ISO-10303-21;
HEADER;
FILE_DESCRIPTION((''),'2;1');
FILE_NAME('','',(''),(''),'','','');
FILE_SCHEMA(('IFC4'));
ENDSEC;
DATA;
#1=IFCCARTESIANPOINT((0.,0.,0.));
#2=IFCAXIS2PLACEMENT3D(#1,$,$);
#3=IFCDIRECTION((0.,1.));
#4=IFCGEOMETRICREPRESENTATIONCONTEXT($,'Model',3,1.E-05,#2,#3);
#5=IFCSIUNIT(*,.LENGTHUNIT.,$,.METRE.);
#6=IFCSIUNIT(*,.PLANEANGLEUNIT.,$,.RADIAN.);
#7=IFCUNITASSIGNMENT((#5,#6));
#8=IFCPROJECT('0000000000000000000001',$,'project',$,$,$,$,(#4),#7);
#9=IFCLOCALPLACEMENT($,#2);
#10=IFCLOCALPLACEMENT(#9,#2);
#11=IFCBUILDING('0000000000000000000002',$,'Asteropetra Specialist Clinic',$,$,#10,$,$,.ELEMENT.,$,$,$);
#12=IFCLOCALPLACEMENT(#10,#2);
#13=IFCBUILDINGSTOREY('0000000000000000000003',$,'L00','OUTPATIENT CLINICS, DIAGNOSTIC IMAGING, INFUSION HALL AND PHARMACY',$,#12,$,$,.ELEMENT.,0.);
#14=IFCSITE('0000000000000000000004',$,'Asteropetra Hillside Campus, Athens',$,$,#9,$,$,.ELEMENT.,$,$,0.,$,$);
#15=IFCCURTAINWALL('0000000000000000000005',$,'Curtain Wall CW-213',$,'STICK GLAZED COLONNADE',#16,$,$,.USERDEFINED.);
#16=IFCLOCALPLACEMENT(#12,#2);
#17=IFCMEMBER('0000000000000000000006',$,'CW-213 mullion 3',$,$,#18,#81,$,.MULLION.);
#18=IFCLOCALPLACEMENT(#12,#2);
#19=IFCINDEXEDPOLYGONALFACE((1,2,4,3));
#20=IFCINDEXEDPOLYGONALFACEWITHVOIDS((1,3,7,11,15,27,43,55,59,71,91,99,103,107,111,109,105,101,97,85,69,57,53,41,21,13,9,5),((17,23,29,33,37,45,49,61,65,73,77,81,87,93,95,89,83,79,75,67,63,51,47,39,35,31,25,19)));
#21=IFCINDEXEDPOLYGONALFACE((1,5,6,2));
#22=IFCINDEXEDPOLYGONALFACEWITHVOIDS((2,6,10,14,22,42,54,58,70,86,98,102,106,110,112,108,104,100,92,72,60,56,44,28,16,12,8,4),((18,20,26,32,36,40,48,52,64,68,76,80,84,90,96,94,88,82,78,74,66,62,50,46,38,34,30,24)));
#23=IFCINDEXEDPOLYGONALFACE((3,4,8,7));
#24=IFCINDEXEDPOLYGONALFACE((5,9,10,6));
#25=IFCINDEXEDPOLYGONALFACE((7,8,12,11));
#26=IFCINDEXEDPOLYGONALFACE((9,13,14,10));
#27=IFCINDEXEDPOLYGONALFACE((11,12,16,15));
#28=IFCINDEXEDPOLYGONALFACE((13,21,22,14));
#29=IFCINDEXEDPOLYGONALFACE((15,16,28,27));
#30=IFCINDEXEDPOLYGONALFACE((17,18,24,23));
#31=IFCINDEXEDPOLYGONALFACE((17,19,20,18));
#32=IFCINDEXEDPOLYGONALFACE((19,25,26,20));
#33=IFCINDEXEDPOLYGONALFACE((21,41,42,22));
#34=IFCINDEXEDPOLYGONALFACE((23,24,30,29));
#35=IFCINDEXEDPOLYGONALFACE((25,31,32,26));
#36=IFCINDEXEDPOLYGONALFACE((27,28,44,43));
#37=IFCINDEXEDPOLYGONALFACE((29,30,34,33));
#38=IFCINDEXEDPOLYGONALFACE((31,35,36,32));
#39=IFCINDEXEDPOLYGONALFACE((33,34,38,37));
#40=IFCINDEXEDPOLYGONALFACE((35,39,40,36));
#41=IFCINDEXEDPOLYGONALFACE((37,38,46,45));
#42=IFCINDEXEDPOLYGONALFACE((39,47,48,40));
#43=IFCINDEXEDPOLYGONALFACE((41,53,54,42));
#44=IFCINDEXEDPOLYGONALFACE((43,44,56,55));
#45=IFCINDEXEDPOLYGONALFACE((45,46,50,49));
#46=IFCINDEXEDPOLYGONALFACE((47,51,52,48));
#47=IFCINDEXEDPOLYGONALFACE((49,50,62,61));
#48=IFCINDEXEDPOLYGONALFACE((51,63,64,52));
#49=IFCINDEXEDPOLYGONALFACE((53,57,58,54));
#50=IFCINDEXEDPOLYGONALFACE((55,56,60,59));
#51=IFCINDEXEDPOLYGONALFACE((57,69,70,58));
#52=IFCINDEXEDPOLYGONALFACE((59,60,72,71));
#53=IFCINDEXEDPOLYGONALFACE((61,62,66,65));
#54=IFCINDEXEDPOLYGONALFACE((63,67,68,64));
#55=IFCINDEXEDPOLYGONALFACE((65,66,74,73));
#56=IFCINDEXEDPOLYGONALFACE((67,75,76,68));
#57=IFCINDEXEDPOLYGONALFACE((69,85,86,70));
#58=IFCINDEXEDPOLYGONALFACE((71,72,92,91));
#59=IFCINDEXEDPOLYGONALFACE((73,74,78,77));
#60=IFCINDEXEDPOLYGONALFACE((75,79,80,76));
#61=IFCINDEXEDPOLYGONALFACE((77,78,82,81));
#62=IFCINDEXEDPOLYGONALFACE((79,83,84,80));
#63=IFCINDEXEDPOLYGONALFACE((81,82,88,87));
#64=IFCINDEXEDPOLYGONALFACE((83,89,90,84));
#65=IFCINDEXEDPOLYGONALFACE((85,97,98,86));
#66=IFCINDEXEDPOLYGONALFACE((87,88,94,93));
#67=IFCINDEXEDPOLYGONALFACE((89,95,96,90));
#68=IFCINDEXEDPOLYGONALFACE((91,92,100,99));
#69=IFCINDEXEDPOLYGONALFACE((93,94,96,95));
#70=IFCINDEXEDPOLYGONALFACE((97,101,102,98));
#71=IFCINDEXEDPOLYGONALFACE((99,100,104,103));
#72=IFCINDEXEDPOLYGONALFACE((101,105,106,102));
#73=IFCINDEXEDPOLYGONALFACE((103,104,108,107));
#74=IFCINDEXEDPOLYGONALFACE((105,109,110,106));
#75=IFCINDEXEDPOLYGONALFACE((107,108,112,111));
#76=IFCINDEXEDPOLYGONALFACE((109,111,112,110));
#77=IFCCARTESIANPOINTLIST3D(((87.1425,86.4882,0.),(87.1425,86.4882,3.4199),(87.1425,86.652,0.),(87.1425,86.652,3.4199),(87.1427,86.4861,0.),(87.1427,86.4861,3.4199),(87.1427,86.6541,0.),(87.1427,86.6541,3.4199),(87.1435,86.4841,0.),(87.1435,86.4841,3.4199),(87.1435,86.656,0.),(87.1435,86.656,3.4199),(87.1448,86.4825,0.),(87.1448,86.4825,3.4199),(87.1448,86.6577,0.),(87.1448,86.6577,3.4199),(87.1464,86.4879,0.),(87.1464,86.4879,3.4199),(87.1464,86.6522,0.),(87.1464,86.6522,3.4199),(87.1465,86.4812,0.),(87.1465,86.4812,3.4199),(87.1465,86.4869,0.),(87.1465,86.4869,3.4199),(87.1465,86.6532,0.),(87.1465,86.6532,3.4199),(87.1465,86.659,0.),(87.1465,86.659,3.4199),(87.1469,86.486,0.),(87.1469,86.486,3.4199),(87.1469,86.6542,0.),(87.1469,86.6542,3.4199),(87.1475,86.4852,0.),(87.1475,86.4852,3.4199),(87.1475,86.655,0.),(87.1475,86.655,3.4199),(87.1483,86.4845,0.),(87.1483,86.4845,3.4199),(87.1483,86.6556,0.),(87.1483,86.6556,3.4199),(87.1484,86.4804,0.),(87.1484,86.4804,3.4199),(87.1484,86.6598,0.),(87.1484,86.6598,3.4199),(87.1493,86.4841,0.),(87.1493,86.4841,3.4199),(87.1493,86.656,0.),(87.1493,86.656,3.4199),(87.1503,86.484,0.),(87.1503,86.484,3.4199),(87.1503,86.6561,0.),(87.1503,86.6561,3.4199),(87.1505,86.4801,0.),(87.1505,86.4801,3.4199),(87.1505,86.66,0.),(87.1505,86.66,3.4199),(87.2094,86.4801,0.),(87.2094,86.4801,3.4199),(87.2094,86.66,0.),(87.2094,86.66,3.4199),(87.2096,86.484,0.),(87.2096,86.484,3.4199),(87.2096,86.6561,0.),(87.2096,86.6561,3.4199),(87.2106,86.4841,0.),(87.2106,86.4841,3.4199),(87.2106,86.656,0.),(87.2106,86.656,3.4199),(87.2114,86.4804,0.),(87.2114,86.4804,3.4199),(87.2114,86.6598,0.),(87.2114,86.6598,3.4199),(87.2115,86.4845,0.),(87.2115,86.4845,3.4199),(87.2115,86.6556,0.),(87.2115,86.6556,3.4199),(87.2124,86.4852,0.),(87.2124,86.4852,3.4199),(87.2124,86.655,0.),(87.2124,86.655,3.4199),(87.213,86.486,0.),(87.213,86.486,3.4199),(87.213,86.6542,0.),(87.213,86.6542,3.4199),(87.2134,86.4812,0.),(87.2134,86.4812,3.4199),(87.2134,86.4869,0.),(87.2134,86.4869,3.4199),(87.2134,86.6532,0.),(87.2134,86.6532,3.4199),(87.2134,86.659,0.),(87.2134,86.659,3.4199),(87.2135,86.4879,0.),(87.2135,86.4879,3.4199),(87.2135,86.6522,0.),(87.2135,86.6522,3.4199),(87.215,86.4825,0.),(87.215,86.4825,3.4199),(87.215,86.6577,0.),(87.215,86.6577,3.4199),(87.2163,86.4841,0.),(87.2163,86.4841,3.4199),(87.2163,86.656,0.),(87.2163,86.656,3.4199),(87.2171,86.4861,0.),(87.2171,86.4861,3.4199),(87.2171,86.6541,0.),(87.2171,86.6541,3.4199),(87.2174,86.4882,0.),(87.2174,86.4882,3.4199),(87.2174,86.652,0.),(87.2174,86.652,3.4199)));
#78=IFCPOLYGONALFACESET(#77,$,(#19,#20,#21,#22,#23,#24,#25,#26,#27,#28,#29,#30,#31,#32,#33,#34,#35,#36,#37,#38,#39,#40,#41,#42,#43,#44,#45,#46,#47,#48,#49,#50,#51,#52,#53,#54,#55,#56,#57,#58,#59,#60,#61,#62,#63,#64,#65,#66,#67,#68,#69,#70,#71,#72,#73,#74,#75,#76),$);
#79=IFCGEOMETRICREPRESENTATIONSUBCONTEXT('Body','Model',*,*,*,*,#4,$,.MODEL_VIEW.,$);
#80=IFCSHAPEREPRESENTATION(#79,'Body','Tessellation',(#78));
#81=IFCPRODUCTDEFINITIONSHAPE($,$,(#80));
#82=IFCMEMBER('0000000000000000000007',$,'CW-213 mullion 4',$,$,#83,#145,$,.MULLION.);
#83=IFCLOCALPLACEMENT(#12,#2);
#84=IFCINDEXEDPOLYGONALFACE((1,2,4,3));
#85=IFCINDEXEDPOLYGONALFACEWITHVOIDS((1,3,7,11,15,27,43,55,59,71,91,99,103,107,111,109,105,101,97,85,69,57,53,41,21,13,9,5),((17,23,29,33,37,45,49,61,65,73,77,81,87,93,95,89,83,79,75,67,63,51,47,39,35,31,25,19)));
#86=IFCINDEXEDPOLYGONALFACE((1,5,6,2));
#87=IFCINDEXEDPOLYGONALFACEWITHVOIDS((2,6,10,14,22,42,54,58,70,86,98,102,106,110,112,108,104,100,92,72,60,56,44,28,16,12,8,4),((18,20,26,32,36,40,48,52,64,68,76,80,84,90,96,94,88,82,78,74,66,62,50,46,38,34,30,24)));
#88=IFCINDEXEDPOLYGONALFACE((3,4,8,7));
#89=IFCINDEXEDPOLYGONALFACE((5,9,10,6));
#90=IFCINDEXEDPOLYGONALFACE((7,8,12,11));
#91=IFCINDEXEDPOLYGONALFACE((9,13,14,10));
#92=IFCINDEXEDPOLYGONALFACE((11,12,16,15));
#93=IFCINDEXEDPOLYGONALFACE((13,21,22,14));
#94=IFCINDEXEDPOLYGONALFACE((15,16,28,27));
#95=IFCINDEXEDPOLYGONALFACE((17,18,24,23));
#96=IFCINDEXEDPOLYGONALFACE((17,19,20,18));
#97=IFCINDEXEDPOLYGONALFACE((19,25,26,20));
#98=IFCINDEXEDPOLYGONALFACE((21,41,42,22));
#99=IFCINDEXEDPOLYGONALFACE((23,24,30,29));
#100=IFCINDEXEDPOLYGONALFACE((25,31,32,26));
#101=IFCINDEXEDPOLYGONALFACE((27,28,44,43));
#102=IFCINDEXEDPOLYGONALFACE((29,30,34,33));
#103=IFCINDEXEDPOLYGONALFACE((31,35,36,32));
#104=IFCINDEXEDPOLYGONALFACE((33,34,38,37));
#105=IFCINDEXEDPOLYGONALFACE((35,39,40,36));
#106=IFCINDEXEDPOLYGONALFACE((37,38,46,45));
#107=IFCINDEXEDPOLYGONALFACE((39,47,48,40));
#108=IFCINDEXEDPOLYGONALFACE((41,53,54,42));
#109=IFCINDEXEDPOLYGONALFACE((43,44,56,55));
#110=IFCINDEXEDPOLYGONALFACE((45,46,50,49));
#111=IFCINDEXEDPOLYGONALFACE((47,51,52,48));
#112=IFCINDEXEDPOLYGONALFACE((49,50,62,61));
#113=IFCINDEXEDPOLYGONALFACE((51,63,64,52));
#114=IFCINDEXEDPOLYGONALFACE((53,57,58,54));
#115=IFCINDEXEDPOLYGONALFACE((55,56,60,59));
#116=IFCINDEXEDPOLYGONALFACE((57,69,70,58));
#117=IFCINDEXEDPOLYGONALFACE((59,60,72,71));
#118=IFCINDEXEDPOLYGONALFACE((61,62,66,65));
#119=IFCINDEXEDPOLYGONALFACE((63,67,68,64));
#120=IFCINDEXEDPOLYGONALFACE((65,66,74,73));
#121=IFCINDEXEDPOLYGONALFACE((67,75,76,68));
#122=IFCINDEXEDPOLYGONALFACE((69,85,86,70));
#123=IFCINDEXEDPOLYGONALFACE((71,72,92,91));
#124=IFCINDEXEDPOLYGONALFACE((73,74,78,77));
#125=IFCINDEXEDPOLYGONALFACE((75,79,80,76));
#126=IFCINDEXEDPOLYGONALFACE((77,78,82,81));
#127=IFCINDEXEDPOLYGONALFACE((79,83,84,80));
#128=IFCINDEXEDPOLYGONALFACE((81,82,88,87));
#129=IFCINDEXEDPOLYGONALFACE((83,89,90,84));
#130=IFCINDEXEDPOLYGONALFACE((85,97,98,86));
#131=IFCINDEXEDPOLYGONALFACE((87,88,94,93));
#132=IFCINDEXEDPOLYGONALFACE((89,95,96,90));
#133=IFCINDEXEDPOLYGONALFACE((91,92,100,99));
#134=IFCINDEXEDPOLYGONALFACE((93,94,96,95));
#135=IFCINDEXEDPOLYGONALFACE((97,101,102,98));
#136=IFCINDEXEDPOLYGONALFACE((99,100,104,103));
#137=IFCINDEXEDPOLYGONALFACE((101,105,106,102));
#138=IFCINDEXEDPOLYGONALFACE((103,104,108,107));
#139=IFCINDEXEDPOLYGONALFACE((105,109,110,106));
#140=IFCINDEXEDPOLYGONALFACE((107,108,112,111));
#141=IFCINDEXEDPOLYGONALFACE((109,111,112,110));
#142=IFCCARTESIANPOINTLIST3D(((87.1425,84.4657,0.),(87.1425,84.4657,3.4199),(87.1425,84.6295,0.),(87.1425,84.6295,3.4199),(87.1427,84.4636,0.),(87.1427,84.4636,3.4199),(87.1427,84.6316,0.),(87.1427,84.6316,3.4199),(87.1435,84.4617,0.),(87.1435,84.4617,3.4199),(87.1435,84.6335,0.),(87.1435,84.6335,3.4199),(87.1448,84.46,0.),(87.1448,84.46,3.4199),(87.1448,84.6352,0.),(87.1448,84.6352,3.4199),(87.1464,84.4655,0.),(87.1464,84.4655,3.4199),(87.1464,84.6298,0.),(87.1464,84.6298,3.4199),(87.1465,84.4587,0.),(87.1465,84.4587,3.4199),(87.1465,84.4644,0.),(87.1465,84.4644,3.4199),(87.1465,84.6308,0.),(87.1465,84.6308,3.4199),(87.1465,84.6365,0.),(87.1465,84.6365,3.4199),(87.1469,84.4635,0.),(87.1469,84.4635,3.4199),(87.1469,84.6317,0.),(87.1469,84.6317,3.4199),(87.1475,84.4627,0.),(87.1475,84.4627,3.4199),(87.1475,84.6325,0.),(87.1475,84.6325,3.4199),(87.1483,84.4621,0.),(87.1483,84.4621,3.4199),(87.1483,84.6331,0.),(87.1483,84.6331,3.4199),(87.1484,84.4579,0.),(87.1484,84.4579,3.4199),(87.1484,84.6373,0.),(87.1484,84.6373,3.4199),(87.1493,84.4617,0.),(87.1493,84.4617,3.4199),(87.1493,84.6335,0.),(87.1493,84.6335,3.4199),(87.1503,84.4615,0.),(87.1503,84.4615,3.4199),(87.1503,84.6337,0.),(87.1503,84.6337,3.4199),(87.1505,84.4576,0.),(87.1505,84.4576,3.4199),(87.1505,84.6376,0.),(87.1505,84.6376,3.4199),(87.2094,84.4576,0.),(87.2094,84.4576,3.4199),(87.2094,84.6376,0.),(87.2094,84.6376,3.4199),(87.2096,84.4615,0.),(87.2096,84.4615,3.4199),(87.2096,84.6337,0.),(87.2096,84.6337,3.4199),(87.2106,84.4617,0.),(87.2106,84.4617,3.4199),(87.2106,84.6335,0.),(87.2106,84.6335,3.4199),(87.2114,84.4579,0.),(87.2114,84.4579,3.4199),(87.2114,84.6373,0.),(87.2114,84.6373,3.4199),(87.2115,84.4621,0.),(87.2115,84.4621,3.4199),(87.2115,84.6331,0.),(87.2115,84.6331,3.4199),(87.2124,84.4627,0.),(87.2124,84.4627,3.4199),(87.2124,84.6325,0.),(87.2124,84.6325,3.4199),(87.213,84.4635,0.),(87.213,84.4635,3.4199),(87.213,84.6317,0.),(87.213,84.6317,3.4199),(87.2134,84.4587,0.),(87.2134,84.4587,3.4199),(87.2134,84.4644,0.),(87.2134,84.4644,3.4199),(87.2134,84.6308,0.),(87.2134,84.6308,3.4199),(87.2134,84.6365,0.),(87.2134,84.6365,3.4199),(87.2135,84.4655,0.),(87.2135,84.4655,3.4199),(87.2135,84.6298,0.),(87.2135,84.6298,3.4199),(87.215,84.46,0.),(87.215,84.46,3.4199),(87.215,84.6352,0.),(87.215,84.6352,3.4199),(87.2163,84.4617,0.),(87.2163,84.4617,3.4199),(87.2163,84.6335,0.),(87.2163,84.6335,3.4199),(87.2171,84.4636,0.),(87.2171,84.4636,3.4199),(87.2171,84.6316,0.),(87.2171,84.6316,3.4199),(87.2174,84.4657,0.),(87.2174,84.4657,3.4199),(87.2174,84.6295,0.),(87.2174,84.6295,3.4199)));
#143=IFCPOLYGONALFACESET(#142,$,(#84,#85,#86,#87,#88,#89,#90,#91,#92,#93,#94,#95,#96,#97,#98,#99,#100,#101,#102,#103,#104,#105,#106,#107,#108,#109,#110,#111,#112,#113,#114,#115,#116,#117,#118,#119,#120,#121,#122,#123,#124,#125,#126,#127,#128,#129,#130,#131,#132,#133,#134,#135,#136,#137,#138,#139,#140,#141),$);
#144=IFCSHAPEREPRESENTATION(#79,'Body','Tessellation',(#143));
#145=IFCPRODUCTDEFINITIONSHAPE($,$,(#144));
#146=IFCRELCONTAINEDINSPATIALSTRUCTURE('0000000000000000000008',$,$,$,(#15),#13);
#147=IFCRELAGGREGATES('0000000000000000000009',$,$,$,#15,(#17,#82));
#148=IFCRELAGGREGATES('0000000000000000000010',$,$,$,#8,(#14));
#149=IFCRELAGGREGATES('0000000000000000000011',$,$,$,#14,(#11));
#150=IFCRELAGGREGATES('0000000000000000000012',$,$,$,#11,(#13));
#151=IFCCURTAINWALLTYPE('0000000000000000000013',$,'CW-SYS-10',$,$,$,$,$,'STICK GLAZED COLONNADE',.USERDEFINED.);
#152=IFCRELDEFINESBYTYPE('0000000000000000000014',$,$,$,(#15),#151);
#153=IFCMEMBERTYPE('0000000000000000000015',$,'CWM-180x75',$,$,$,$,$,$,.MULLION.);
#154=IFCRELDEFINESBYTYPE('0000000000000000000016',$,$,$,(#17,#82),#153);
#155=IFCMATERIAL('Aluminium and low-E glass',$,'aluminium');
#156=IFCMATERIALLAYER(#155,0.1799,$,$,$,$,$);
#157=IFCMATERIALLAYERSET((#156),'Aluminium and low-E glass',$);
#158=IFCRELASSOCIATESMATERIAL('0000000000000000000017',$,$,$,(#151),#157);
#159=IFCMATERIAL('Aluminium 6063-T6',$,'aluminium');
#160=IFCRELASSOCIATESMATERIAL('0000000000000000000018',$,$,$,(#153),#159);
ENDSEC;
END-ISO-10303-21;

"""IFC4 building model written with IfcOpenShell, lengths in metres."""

from ifc_helpers import new_model, si_unit, direction, frame, origin, origin_2d, place, context, subcontext, project, spatial, hollow_rectangle, extrude, material, layer, layer_set, material_profile, profile_set, type_object, element, aggregate, save


model = new_model("IFC4")

# Units and contexts
model_context = context("Model", 3, precision=1e-05, world=origin(), true_north=direction((0.0, 1.0)))
body_context = subcontext(model_context, "Body", "Model", "MODEL_VIEW")
ifc_project = project(units=[si_unit("LENGTHUNIT", "METRE"), si_unit("PLANEANGLEUNIT", "RADIAN")], contexts=[model_context])

# Site, building, storey
site_placement = place(None, origin())
site = spatial("IfcSite", under=ifc_project, at=site_placement, Name="Asteropetra Hillside Campus, Athens", CompositionType="ELEMENT", RefElevation=0.0)
building_placement = place(site_placement, origin())
building = spatial("IfcBuilding", under=site, at=building_placement, Name="Asteropetra Specialist Clinic", CompositionType="ELEMENT")
storey_placement = place(building_placement, origin())
storey = spatial("IfcBuildingStorey", under=building, at=storey_placement, Name="L00", Description="OUTPATIENT CLINICS, DIAGNOSTIC IMAGING, INFUSION HALL AND PHARMACY", CompositionType="ELEMENT", Elevation=0.0)

# Curtain wall, members
ifc_material_1 = material(Name="Aluminium and low-E glass", Category="aluminium")
ifc_layer_1 = layer(ifc_material_1, 0.1799)
ifc_layer_set_1 = layer_set([ifc_layer_1], Name="Aluminium and low-E glass")
curtain_wall_type_1 = type_object("IfcCurtainWallType", Name="CW-SYS-10", ElementType="STICK GLAZED COLONNADE", PredefinedType="USERDEFINED", material=ifc_layer_set_1)
curtain_wall_1_placement = place(storey_placement, origin())
curtain_wall_1 = element("IfcCurtainWall", 1, at=curtain_wall_1_placement, inside=storey, type_object=curtain_wall_type_1, Name="Curtain Wall CW-213", ObjectType="STICK GLAZED COLONNADE", PredefinedType="USERDEFINED")
ifc_material_2 = material(Name="Aluminium 6063-T6", Category="aluminium")
ifc_material_profile_1 = material_profile(ifc_material_2, hollow_rectangle(XDim=0.075, YDim=0.1799, WallThickness=0.0039, InnerFilletRadius=0.0039, OuterFilletRadius=0.0081, at=origin_2d()), Name="MUL 180x75x4.0")
ifc_profile_set_1 = profile_set([ifc_material_profile_1], Name="Aluminium 6063-T6")
member_type_1 = type_object("IfcMemberType", Name="CWM-180x75", PredefinedType="MULLION", material=ifc_profile_set_1)
member_1_placement = place(storey_placement, frame((87.1799, 86.5701, 0.0), z_axis=(0.0, 0.0, 1.0), x_axis=(1.0, 0.0, 0.0)))
member_1 = element("IfcMember", 2, at=member_1_placement, type_object=member_type_1, Name="CW-213 mullion 3", PredefinedType="MULLION", context=body_context, shape_type="SweptSolid", body=[
    extrude(hollow_rectangle(XDim=0.075, YDim=0.1799, WallThickness=0.0039, InnerFilletRadius=0.0039, OuterFilletRadius=0.0081, at=origin_2d()), origin(), (0.0, 0.0, 1.0), 3.4199),
])
member_2_placement = place(storey_placement, frame((87.1799, 84.5476, 0.0), z_axis=(0.0, 0.0, 1.0), x_axis=(1.0, 0.0, 0.0)))
member_2 = element("IfcMember", 3, at=member_2_placement, type_object=member_type_1, Name="CW-213 mullion 4", PredefinedType="MULLION", context=body_context, shape_type="SweptSolid", body=[
    extrude(hollow_rectangle(XDim=0.075, YDim=0.1799, WallThickness=0.0039, InnerFilletRadius=0.0039, OuterFilletRadius=0.0081, at=origin_2d()), origin(), (0.0, 0.0, 1.0), 3.4199),
])

aggregate(curtain_wall_1, [member_1, member_2])

save(model, "model.ifc")
